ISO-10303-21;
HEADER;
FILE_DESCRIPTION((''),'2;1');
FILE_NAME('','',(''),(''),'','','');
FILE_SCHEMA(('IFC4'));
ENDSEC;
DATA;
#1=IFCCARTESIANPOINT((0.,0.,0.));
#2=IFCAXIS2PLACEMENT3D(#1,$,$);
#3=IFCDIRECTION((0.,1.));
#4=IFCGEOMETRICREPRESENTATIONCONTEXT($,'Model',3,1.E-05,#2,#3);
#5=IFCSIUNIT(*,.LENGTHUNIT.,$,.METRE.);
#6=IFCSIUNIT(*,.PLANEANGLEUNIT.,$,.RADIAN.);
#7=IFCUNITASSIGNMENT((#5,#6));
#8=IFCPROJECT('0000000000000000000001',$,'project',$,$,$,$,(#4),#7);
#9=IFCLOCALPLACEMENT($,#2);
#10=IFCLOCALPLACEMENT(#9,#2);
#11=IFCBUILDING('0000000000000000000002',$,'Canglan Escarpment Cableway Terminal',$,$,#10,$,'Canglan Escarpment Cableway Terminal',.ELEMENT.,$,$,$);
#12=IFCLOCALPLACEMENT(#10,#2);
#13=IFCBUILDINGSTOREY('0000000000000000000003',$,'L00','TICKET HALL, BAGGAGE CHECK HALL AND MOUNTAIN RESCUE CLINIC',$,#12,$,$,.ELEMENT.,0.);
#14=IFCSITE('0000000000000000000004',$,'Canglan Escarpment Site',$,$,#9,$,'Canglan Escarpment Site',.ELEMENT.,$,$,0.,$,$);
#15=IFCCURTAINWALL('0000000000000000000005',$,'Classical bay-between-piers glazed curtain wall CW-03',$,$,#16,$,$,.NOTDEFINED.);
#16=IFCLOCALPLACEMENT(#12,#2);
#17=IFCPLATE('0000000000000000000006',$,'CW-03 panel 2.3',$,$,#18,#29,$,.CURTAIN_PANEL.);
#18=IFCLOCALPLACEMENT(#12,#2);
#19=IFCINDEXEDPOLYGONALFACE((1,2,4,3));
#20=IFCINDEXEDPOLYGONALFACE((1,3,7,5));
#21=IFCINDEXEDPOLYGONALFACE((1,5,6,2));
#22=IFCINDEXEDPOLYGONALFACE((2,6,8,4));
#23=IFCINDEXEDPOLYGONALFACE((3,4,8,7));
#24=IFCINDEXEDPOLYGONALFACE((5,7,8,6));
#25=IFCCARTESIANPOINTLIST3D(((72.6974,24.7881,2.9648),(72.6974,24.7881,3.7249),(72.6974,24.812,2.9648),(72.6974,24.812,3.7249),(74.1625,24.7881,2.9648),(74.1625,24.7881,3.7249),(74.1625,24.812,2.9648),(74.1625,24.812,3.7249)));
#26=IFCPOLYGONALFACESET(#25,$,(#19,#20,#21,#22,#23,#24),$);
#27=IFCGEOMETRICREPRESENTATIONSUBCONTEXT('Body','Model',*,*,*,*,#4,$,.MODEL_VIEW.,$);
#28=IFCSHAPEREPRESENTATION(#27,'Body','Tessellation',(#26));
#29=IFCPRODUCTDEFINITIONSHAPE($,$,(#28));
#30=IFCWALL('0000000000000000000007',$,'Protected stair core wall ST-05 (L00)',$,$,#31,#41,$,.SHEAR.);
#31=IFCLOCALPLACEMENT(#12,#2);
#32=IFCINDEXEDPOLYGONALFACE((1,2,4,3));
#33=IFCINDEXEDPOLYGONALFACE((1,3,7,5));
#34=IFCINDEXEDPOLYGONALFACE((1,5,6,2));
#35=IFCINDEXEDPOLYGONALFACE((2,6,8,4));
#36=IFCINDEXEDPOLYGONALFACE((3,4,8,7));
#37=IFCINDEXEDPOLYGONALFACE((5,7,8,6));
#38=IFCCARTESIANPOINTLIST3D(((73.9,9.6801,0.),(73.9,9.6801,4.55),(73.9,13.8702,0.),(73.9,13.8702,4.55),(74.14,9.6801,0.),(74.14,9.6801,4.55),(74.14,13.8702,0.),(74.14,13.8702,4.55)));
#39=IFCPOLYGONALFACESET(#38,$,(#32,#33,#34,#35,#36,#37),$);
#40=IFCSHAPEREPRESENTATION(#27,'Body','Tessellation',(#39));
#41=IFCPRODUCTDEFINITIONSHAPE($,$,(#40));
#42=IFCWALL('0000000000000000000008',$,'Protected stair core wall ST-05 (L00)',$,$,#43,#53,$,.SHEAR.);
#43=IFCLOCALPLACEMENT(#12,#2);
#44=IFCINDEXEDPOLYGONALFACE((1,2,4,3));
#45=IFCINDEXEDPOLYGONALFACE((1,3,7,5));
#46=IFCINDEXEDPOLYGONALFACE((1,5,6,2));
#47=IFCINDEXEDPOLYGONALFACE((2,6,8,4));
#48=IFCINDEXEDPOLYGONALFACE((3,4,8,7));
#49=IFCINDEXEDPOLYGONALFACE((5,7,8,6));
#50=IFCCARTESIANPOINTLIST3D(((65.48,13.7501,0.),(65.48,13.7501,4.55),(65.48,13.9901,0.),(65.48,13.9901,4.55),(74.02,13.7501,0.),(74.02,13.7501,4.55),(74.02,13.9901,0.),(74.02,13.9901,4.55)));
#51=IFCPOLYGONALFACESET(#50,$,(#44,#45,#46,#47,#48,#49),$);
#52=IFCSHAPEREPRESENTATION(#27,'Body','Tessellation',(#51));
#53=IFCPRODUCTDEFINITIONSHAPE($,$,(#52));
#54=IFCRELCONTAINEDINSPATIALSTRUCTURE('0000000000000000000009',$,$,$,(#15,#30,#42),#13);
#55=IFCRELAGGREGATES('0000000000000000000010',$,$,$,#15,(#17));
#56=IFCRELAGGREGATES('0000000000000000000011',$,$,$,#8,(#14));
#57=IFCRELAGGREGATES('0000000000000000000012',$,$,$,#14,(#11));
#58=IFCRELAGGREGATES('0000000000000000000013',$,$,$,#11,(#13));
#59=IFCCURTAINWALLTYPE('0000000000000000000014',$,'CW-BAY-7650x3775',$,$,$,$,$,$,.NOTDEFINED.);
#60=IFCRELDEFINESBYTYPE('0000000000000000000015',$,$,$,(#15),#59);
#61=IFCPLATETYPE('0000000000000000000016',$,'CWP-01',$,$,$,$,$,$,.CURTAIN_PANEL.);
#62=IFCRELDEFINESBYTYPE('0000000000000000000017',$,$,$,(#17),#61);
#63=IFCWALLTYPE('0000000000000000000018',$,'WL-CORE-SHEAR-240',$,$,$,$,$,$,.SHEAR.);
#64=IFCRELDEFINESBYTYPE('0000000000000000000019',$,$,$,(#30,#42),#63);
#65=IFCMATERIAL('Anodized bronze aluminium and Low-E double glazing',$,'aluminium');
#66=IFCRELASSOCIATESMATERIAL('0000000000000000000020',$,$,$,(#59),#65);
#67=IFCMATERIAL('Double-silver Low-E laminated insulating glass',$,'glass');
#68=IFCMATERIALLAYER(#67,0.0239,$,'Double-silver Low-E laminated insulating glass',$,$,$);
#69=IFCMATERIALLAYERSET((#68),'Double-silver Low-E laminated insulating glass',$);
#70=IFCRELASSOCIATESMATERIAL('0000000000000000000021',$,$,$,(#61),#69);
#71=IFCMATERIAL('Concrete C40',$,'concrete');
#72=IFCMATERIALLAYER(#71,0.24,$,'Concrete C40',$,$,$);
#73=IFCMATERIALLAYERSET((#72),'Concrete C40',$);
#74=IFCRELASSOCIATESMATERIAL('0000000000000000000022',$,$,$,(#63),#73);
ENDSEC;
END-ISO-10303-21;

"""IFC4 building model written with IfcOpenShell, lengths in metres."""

from ifc_helpers import new_model, si_unit, direction, frame, frame_2d, origin, origin_2d, place, context, subcontext, project, spatial, rectangle, extrude, material, layer, layer_set, type_object, element, aggregate, save


model = new_model("IFC4")

# Units and contexts
model_context = context("Model", 3, precision=1e-05, world=origin(), true_north=direction((0.0, 1.0)))
body_context = subcontext(model_context, "Body", "Model", "MODEL_VIEW")
ifc_project = project(units=[si_unit("LENGTHUNIT", "METRE"), si_unit("PLANEANGLEUNIT", "RADIAN")], contexts=[model_context])

# Site, building, storey
site_placement = place(None, origin())
site = spatial("IfcSite", under=ifc_project, at=site_placement, Name="Canglan Escarpment Site", LongName="Canglan Escarpment Site", CompositionType="ELEMENT", RefElevation=0.0)
building_placement = place(site_placement, origin())
building = spatial("IfcBuilding", under=site, at=building_placement, Name="Canglan Escarpment Cableway Terminal", LongName="Canglan Escarpment Cableway Terminal", CompositionType="ELEMENT")
storey_placement = place(building_placement, origin())
storey = spatial("IfcBuildingStorey", under=building, at=storey_placement, Name="L00", Description="TICKET HALL, BAGGAGE CHECK HALL AND MOUNTAIN RESCUE CLINIC", CompositionType="ELEMENT", Elevation=0.0)

# Shared definitions
ifc_material_1 = material(Name="Concrete C40", Category="concrete")

# Curtain wall, plate
ifc_material_2 = material(Name="Anodized bronze aluminium and Low-E double glazing", Category="aluminium")
curtain_wall_type = type_object("IfcCurtainWallType", Name="CW-BAY-7650x3775", PredefinedType="NOTDEFINED", material=ifc_material_2)
curtain_wall_placement = place(storey_placement, origin())
curtain_wall = element("IfcCurtainWall", 1, at=curtain_wall_placement, inside=storey, type_object=curtain_wall_type, Name="Classical bay-between-piers glazed curtain wall CW-03", PredefinedType="NOTDEFINED")
ifc_material_3 = material(Name="Double-silver Low-E laminated insulating glass", Category="glass")
ifc_layer_1 = layer(ifc_material_3, 0.0239, Name="Double-silver Low-E laminated insulating glass")
ifc_layer_set_1 = layer_set([ifc_layer_1], Name="Double-silver Low-E laminated insulating glass")
plate_type = type_object("IfcPlateType", Name="CWP-01", PredefinedType="CURTAIN_PANEL", material=ifc_layer_set_1)
plate_1_placement = place(storey_placement, frame((73.4299, 24.8, 2.9648), z_axis=(0.0, 0.0, 1.0), x_axis=(-1.0, 0.0, 0.0)))
plate_1 = element("IfcPlate", 2, at=plate_1_placement, type_object=plate_type, Name="CW-03 panel 2.3", PredefinedType="CURTAIN_PANEL", context=body_context, shape_type="SweptSolid", body=[
    extrude(rectangle(XDim=1.4651, YDim=0.0239, at=origin_2d()), origin(), (0.0, 0.0, 1.0), 0.76),
])
aggregate(curtain_wall, [plate_1])

# Walls
ifc_layer_2 = layer(ifc_material_1, 0.24, Name="Concrete C40")
ifc_layer_set_2 = layer_set([ifc_layer_2], Name="Concrete C40")
wall_type = type_object("IfcWallType", Name="WL-CORE-SHEAR-240", PredefinedType="SHEAR", material=ifc_layer_set_2)
wall_1_placement = place(storey_placement, frame((74.02, 9.6799, 0.0), z_axis=(0.0, 0.0, 1.0), x_axis=(0.0, 1.0, 0.0)))
element("IfcWall", 3, at=wall_1_placement, inside=storey, type_object=wall_type, Name="Protected stair core wall ST-05 (L00)", PredefinedType="SHEAR", context=body_context, shape_type="SweptSolid", body=[
    extrude(rectangle(XDim=4.1902, YDim=0.24, at=frame_2d((2.0952, 0.0))), origin(), (0.0, 0.0, 1.0), 4.55),
])
wall_2_placement = place(storey_placement, frame((74.02, 13.8701, 0.0), z_axis=(0.0, 0.0, 1.0), x_axis=(-1.0, 0.0, 0.0)))
element("IfcWall", 4, at=wall_2_placement, inside=storey, type_object=wall_type, Name="Protected stair core wall ST-05 (L00)", PredefinedType="SHEAR", context=body_context, shape_type="SweptSolid", body=[
    extrude(rectangle(XDim=8.54, YDim=0.24, at=frame_2d((4.27, 0.0))), origin(), (0.0, 0.0, 1.0), 4.55),
])

save(model, "model.ifc")
